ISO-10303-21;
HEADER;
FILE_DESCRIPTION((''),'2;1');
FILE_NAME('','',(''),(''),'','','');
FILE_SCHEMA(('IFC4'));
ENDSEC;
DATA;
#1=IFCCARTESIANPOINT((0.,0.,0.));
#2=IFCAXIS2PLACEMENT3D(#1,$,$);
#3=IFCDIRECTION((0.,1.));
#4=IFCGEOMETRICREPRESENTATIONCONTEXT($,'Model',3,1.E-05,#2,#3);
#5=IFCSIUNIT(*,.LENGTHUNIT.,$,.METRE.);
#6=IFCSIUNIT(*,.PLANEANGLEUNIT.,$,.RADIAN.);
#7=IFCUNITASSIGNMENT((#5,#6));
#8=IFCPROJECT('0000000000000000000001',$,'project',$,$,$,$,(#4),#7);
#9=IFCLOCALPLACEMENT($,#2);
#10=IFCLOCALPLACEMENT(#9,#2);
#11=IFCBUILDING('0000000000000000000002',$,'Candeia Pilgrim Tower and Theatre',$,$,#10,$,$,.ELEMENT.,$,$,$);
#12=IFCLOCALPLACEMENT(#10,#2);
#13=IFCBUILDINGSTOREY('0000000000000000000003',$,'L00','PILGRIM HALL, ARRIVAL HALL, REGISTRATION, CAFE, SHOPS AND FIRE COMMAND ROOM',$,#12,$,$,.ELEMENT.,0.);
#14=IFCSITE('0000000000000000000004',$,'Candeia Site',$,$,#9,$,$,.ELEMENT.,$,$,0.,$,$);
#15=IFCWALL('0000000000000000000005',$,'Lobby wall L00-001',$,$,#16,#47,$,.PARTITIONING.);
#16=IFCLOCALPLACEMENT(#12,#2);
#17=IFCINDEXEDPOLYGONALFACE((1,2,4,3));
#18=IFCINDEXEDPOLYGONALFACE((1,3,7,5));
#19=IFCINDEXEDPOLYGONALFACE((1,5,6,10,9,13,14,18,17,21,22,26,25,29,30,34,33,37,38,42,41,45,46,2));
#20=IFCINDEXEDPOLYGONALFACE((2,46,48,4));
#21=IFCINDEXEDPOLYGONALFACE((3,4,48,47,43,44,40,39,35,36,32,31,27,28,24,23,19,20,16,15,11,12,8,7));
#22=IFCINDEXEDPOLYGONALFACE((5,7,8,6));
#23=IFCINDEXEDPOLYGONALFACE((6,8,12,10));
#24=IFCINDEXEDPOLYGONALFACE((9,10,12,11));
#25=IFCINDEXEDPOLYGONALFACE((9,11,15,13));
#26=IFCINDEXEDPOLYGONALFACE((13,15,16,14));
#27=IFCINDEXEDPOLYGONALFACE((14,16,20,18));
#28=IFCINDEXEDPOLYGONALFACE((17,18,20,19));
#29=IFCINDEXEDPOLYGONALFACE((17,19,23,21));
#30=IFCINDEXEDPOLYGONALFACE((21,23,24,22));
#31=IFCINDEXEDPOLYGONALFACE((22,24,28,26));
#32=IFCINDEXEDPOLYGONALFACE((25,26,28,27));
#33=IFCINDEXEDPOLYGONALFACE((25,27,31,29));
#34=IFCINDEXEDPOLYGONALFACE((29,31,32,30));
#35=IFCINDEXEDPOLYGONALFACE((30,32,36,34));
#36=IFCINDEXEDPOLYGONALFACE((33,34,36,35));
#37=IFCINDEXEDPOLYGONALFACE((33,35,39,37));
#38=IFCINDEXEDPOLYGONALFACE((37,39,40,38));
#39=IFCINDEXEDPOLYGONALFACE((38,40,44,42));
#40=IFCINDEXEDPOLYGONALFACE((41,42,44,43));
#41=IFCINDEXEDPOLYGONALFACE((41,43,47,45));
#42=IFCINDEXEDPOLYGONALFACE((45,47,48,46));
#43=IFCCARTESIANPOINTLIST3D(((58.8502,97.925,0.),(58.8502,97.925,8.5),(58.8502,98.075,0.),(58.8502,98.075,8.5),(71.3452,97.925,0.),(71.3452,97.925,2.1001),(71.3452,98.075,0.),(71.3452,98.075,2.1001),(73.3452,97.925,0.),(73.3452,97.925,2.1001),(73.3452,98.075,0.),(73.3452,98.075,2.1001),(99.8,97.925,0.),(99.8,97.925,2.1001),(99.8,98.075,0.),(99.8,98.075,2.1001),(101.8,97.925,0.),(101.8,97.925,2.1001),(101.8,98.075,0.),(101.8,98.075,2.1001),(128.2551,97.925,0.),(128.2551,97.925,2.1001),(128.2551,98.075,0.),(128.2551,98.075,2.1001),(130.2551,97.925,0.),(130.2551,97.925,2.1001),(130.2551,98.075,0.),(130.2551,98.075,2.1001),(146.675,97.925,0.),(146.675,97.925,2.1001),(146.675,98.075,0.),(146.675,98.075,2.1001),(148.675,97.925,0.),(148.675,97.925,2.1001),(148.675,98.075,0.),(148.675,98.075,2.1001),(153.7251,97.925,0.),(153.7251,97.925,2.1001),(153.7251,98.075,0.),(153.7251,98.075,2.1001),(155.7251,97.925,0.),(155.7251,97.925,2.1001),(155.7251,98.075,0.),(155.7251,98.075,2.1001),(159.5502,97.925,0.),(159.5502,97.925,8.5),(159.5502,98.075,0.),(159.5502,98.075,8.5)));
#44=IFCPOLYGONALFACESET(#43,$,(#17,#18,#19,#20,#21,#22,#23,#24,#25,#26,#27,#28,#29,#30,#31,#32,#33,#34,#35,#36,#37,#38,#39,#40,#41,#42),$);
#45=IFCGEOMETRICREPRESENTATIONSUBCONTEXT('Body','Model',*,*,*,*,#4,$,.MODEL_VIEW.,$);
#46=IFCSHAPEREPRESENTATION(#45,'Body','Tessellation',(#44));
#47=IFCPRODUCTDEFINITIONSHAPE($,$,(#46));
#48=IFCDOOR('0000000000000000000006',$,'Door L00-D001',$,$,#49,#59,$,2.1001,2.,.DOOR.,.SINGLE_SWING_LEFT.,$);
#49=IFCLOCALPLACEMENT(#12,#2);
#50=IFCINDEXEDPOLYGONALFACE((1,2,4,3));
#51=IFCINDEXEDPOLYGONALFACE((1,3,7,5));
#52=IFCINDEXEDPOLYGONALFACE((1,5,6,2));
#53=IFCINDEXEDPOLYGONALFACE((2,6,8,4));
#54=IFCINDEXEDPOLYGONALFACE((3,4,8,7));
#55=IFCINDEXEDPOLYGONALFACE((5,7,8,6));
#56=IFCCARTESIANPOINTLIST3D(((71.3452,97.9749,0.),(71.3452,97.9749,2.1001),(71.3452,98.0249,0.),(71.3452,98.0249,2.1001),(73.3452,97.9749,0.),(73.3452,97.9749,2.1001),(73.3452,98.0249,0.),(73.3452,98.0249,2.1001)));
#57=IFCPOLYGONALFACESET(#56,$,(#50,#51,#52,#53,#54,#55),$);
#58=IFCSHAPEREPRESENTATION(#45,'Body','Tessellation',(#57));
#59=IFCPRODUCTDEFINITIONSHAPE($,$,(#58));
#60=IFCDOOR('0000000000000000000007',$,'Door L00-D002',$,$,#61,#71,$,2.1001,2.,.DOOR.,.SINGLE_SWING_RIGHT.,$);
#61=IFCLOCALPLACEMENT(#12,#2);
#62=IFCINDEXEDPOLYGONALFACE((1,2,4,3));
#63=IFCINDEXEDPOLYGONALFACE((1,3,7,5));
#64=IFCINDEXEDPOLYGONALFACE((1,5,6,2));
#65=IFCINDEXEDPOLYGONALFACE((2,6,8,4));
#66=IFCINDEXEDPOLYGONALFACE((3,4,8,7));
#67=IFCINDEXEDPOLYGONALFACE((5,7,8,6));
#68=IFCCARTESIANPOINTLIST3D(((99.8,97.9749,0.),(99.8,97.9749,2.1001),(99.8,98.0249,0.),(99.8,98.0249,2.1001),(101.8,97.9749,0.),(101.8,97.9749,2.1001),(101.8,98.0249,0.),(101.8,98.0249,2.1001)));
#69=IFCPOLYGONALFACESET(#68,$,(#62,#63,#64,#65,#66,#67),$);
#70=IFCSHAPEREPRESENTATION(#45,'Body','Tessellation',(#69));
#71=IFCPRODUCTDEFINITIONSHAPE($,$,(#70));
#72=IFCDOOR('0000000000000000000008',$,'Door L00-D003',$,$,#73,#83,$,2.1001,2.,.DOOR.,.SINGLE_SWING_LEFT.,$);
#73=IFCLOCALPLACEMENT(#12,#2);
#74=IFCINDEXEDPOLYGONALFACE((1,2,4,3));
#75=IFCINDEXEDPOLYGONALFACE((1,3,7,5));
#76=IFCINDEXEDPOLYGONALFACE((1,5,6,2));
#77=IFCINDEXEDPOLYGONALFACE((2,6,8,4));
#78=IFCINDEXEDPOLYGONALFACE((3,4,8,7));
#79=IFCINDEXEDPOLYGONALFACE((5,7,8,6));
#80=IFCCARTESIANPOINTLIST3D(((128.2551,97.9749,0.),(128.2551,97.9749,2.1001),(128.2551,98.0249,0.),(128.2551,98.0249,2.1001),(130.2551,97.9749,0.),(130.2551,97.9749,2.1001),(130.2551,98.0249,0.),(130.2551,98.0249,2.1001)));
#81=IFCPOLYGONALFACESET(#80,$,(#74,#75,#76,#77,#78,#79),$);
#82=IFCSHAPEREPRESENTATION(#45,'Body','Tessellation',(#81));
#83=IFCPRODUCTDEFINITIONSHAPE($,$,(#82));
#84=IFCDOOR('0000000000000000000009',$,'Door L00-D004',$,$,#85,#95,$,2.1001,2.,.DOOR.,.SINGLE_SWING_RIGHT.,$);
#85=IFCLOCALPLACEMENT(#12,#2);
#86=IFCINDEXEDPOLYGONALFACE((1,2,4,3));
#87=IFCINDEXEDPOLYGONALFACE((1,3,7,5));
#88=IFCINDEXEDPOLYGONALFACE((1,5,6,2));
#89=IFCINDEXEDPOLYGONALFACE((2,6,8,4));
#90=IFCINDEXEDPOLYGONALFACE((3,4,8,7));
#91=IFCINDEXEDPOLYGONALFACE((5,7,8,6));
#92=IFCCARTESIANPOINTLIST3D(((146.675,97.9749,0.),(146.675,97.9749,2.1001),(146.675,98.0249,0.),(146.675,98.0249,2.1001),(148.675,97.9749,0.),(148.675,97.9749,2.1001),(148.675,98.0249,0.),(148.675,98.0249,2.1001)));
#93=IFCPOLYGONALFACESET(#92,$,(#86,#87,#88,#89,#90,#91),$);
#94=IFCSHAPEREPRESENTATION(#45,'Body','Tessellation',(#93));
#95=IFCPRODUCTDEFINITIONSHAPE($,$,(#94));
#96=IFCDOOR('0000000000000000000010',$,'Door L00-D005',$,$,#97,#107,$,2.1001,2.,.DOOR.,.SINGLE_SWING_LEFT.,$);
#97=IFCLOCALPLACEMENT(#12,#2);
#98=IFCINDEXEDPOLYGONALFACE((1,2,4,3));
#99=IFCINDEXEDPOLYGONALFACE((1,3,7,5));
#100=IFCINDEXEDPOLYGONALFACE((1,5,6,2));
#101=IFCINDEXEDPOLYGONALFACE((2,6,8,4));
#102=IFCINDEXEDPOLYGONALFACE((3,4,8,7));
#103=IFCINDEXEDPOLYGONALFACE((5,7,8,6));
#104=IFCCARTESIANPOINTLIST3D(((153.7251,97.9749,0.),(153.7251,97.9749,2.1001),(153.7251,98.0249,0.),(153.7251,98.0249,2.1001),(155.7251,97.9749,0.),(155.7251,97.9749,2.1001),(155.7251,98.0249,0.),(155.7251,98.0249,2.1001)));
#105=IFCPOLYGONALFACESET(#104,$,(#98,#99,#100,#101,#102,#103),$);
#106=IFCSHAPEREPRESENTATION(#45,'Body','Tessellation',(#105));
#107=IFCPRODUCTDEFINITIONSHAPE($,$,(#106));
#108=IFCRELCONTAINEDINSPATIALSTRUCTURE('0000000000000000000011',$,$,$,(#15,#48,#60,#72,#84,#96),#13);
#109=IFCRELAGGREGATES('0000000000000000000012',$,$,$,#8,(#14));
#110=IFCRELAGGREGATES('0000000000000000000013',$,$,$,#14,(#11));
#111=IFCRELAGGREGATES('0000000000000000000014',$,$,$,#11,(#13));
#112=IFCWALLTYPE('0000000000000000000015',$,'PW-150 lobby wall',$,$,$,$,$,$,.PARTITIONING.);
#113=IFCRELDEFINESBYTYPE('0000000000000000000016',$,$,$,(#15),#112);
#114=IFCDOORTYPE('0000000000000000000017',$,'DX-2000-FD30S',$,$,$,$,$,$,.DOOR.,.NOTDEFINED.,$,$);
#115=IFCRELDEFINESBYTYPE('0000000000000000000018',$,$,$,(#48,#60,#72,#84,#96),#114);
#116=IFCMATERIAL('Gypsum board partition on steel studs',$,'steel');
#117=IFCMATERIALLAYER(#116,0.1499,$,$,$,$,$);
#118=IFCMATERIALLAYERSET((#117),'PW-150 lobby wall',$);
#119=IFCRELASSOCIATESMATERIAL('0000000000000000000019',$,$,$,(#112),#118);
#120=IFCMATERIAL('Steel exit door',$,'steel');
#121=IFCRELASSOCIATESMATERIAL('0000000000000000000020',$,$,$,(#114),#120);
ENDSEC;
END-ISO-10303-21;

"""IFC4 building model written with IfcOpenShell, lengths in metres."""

from ifc_helpers import new_model, si_unit, direction, frame, frame_2d, origin, place, context, subcontext, project, spatial, rectangle, extrude, material, layer, layer_set, type_object, element, fill, save


model = new_model("IFC4")

# Units and contexts
model_context = context("Model", 3, precision=1e-05, world=origin(), true_north=direction((0.0, 1.0)))
body_context = subcontext(model_context, "Body", "Model", "MODEL_VIEW")
ifc_project = project(units=[si_unit("LENGTHUNIT", "METRE"), si_unit("PLANEANGLEUNIT", "RADIAN")], contexts=[model_context])

# Site, building, storey
site_placement = place(None, origin())
site = spatial("IfcSite", under=ifc_project, at=site_placement, Name="Candeia Site", CompositionType="ELEMENT", RefElevation=0.0)
building_placement = place(site_placement, origin())
building = spatial("IfcBuilding", under=site, at=building_placement, Name="Candeia Pilgrim Tower and Theatre", CompositionType="ELEMENT")
storey_placement = place(building_placement, origin())
storey = spatial("IfcBuildingStorey", under=building, at=storey_placement, Name="L00", Description="PILGRIM HALL, ARRIVAL HALL, REGISTRATION, CAFE, SHOPS AND FIRE COMMAND ROOM", CompositionType="ELEMENT", Elevation=0.0)

# Wall, openings, doors
ifc_material_1 = material(Name="Gypsum board partition on steel studs", Category="steel")
ifc_layer_1 = layer(ifc_material_1, 0.1499)
ifc_layer_set_1 = layer_set([ifc_layer_1], Name="PW-150 lobby wall")
wall_type = type_object("IfcWallType", Name="PW-150 lobby wall", PredefinedType="PARTITIONING", material=ifc_layer_set_1)
wall_placement = place(storey_placement, frame((58.8501, 98.0, 0.0), z_axis=(0.0, 0.0, 1.0), x_axis=(1.0, 0.0, 0.0)))
wall = element("IfcWall", 1, at=wall_placement, inside=storey, type_object=wall_type, Name="Lobby wall L00-001", PredefinedType="PARTITIONING", context=body_context, shape_type="SweptSolid", body=[
    extrude(rectangle(XDim=100.7, YDim=0.1499, at=frame_2d((50.3501, 0.0))), origin(), (0.0, 0.0, 1.0), 8.5),
])
opening_1_placement = place(wall_placement, frame((12.4951, 0.0, 0.0)))
opening_1 = element("IfcOpeningElement", 2, at=opening_1_placement, cuts=wall, PredefinedType="OPENING", context=body_context, shape_type="SweptSolid", body=[
    extrude(rectangle(XDim=2.0, YDim=2.1001, at=frame_2d((1.0, 1.05))), frame((0.0, 0.085, 0.0), z_axis=(0.0, -1.0, 0.0), x_axis=(1.0, 0.0, 0.0)), (0.0, 0.0, 1.0), 0.1699),
])
opening_2_placement = place(wall_placement, frame((40.95, 0.0, 0.0)))
opening_2 = element("IfcOpeningElement", 3, at=opening_2_placement, cuts=wall, PredefinedType="OPENING", context=body_context, shape_type="SweptSolid", body=[
    extrude(rectangle(XDim=2.0, YDim=2.1001, at=frame_2d((1.0, 1.05))), frame((0.0, 0.085, 0.0), z_axis=(0.0, -1.0, 0.0), x_axis=(1.0, 0.0, 0.0)), (0.0, 0.0, 1.0), 0.1699),
])
opening_3_placement = place(wall_placement, frame((69.405, 0.0, 0.0)))
opening_3 = element("IfcOpeningElement", 4, at=opening_3_placement, cuts=wall, PredefinedType="OPENING", context=body_context, shape_type="SweptSolid", body=[
    extrude(rectangle(XDim=2.0, YDim=2.1001, at=frame_2d((1.0, 1.05))), frame((0.0, 0.085, 0.0), z_axis=(0.0, -1.0, 0.0), x_axis=(1.0, 0.0, 0.0)), (0.0, 0.0, 1.0), 0.1699),
])
opening_4_placement = place(wall_placement, frame((87.825, 0.0, 0.0)))
opening_4 = element("IfcOpeningElement", 5, at=opening_4_placement, cuts=wall, PredefinedType="OPENING", context=body_context, shape_type="SweptSolid", body=[
    extrude(rectangle(XDim=2.0, YDim=2.1001, at=frame_2d((1.0, 1.05))), frame((0.0, 0.085, 0.0), z_axis=(0.0, -1.0, 0.0), x_axis=(1.0, 0.0, 0.0)), (0.0, 0.0, 1.0), 0.1699),
])
opening_5_placement = place(wall_placement, frame((94.875, 0.0, 0.0)))
opening_5 = element("IfcOpeningElement", 6, at=opening_5_placement, cuts=wall, PredefinedType="OPENING", context=body_context, shape_type="SweptSolid", body=[
    extrude(rectangle(XDim=2.0, YDim=2.1001, at=frame_2d((1.0, 1.05))), frame((0.0, 0.085, 0.0), z_axis=(0.0, -1.0, 0.0), x_axis=(1.0, 0.0, 0.0)), (0.0, 0.0, 1.0), 0.1699),
])
ifc_material_2 = material(Name="Steel exit door", Category="steel")
door_type = type_object("IfcDoorType", Name="DX-2000-FD30S", OperationType="NOTDEFINED", PredefinedType="DOOR", material=ifc_material_2)
door_1_placement = place(opening_1_placement, origin())
door_1 = element("IfcDoor", 7, at=door_1_placement, inside=storey, type_object=door_type, Name="Door L00-D001", OperationType="SINGLE_SWING_LEFT", OverallHeight=2.1001, OverallWidth=2.0, PredefinedType="DOOR", context=body_context, shape_type="SweptSolid", body=[
    extrude(rectangle(XDim=2.0, YDim=2.1001, at=frame_2d((1.0, 1.05))), frame((0.0, 0.0249, 0.0), z_axis=(0.0, -1.0, 0.0), x_axis=(1.0, 0.0, 0.0)), (0.0, 0.0, 1.0), 0.05),
])
fill(opening_1, door_1)
door_2_placement = place(opening_2_placement, origin())
door_2 = element("IfcDoor", 8, at=door_2_placement, inside=storey, type_object=door_type, Name="Door L00-D002", OperationType="SINGLE_SWING_RIGHT", OverallHeight=2.1001, OverallWidth=2.0, PredefinedType="DOOR", context=body_context, shape_type="SweptSolid", body=[
    extrude(rectangle(XDim=2.0, YDim=2.1001, at=frame_2d((1.0, 1.05))), frame((0.0, 0.0249, 0.0), z_axis=(0.0, -1.0, 0.0), x_axis=(1.0, 0.0, 0.0)), (0.0, 0.0, 1.0), 0.05),
])
fill(opening_2, door_2)
door_3_placement = place(opening_3_placement, origin())
door_3 = element("IfcDoor", 9, at=door_3_placement, inside=storey, type_object=door_type, Name="Door L00-D003", OperationType="SINGLE_SWING_LEFT", OverallHeight=2.1001, OverallWidth=2.0, PredefinedType="DOOR", context=body_context, shape_type="SweptSolid", body=[
    extrude(rectangle(XDim=2.0, YDim=2.1001, at=frame_2d((1.0, 1.05))), frame((0.0, 0.0249, 0.0), z_axis=(0.0, -1.0, 0.0), x_axis=(1.0, 0.0, 0.0)), (0.0, 0.0, 1.0), 0.05),
])
fill(opening_3, door_3)
door_4_placement = place(opening_4_placement, origin())
door_4 = element("IfcDoor", 10, at=door_4_placement, inside=storey, type_object=door_type, Name="Door L00-D004", OperationType="SINGLE_SWING_RIGHT", OverallHeight=2.1001, OverallWidth=2.0, PredefinedType="DOOR", context=body_context, shape_type="SweptSolid", body=[
    extrude(rectangle(XDim=2.0, YDim=2.1001, at=frame_2d((1.0, 1.05))), frame((0.0, 0.0249, 0.0), z_axis=(0.0, -1.0, 0.0), x_axis=(1.0, 0.0, 0.0)), (0.0, 0.0, 1.0), 0.05),
])
fill(opening_4, door_4)
door_5_placement = place(opening_5_placement, origin())
door_5 = element("IfcDoor", 11, at=door_5_placement, inside=storey, type_object=door_type, Name="Door L00-D005", OperationType="SINGLE_SWING_LEFT", OverallHeight=2.1001, OverallWidth=2.0, PredefinedType="DOOR", context=body_context, shape_type="SweptSolid", body=[
    extrude(rectangle(XDim=2.0, YDim=2.1001, at=frame_2d((1.0, 1.05))), frame((0.0, 0.0249, 0.0), z_axis=(0.0, -1.0, 0.0), x_axis=(1.0, 0.0, 0.0)), (0.0, 0.0, 1.0), 0.05),
])
fill(opening_5, door_5)

save(model, "model.ifc")
